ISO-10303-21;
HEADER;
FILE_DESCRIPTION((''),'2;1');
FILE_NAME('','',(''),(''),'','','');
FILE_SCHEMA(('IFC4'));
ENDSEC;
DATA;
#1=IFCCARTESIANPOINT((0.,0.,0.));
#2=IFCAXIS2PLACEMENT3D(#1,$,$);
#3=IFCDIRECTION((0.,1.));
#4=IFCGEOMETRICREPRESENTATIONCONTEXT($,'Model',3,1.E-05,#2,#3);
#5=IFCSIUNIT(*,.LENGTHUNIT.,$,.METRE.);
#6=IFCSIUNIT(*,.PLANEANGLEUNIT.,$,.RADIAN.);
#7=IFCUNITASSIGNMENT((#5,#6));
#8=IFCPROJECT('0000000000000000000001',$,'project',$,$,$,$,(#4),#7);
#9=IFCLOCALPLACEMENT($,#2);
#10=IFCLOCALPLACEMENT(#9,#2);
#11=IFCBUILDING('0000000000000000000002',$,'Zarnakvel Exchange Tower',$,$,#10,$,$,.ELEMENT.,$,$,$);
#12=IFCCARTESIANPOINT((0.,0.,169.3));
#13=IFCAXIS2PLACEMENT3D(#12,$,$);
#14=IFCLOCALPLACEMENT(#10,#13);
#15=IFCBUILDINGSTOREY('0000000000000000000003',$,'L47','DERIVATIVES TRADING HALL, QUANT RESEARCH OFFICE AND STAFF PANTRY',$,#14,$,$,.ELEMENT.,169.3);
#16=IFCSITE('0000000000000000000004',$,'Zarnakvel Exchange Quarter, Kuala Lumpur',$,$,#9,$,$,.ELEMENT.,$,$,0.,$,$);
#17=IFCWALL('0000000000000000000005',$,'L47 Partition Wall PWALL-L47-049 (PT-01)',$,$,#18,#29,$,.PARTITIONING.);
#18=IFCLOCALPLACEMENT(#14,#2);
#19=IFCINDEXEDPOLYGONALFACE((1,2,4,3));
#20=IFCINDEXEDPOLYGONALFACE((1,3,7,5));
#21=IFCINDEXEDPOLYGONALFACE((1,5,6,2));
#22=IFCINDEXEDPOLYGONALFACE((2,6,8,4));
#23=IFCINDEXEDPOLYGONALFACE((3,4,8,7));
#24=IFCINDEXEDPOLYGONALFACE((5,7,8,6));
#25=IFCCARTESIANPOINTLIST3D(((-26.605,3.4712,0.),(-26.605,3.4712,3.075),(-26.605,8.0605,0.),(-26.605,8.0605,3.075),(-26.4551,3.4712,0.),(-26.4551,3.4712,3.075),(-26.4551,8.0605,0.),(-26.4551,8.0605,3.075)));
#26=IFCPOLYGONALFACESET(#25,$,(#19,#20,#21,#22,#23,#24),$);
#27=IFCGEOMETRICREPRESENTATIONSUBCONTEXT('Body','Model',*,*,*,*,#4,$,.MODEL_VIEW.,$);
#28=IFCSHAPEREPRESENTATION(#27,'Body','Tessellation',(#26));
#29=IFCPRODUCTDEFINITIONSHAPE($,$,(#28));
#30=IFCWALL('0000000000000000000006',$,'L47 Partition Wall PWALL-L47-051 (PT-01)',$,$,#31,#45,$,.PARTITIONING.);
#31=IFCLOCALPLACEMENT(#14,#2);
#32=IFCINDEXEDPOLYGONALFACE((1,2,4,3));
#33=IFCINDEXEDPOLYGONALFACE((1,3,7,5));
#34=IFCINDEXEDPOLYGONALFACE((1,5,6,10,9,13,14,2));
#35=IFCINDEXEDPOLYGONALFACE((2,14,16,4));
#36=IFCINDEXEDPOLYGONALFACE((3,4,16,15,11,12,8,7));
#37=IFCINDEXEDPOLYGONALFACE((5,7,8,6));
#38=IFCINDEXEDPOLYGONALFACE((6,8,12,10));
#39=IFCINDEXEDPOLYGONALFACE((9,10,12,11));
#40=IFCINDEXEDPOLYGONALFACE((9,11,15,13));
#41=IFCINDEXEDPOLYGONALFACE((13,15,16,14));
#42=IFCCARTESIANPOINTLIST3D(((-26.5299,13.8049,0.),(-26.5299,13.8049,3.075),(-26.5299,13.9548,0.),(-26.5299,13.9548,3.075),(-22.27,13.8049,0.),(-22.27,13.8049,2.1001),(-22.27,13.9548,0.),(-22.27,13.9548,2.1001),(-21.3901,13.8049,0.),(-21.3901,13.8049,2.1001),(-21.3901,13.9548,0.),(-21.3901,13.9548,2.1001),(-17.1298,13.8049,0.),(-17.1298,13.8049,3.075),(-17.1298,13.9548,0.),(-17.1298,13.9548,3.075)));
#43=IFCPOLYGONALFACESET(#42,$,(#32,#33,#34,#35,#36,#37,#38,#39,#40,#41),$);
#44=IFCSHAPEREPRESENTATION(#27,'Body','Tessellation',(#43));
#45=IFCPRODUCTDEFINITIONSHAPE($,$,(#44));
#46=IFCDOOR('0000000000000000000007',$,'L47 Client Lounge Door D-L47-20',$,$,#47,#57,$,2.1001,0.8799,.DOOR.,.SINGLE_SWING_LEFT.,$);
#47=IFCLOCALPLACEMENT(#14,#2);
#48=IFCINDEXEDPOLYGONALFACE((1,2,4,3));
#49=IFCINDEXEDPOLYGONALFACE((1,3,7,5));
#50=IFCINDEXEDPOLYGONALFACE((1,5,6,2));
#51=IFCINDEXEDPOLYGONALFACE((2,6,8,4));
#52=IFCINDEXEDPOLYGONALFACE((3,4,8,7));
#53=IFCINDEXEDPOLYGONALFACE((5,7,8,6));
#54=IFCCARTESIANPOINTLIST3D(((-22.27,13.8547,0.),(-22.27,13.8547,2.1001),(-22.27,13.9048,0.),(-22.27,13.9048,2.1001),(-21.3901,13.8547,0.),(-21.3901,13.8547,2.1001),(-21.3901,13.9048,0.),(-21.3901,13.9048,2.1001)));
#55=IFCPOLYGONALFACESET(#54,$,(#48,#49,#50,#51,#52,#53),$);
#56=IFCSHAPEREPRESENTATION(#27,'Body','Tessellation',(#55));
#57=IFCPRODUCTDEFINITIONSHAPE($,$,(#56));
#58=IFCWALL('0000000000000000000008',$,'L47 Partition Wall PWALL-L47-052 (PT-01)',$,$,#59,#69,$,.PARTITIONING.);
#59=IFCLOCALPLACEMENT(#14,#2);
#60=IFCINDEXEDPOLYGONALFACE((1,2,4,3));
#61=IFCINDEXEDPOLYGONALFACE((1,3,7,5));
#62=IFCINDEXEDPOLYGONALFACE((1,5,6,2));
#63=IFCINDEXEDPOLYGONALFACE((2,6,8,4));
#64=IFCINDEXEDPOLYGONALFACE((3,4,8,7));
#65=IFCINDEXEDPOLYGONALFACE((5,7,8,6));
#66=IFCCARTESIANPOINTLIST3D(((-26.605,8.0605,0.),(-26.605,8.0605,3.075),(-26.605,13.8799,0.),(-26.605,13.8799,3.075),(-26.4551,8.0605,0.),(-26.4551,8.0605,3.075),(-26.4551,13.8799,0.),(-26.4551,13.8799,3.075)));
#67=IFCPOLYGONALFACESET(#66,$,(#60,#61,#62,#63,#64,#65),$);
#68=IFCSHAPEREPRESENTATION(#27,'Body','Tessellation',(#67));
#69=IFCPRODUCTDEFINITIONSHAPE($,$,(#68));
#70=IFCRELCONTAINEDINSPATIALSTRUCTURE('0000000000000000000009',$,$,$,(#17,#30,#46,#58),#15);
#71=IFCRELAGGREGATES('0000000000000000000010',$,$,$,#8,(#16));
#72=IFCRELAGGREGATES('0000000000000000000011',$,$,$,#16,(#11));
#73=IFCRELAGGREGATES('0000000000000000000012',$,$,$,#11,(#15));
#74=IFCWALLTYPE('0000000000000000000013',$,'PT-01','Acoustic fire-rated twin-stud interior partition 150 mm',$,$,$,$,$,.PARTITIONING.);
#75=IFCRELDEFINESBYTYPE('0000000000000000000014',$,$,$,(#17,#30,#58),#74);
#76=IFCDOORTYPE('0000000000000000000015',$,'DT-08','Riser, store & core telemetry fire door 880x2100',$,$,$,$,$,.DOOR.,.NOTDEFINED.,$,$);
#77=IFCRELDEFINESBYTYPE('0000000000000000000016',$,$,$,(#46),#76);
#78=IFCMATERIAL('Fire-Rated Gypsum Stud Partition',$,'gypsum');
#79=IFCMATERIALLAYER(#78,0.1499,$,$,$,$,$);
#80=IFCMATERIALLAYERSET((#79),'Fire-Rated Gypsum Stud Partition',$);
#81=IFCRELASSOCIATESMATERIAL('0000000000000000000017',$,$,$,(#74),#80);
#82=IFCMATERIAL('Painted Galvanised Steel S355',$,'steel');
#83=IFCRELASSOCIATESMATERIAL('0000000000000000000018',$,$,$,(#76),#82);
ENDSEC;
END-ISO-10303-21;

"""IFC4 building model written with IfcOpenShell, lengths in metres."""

from ifc_helpers import new_model, si_unit, direction, frame, frame_2d, origin, place, context, subcontext, project, spatial, rectangle, extrude, source, transform, mapped, material, layer, layer_set, type_object, element, fill, save


model = new_model("IFC4")

# Units and contexts
model_context = context("Model", 3, precision=1e-05, world=origin(), true_north=direction((0.0, 1.0)))
body_context = subcontext(model_context, "Body", "Model", "MODEL_VIEW")
ifc_project = project(units=[si_unit("LENGTHUNIT", "METRE"), si_unit("PLANEANGLEUNIT", "RADIAN")], contexts=[model_context])

# Site, building, storey
site_placement = place(None, origin())
site = spatial("IfcSite", under=ifc_project, at=site_placement, Name="Zarnakvel Exchange Quarter, Kuala Lumpur", CompositionType="ELEMENT", RefElevation=0.0)
building_placement = place(site_placement, origin())
building = spatial("IfcBuilding", under=site, at=building_placement, Name="Zarnakvel Exchange Tower", CompositionType="ELEMENT")
storey_placement = place(building_placement, frame((0.0, 0.0, 169.3)))
storey = spatial("IfcBuildingStorey", under=building, at=storey_placement, Name="L47", Description="DERIVATIVES TRADING HALL, QUANT RESEARCH OFFICE AND STAFF PANTRY", CompositionType="ELEMENT", Elevation=169.3)

# Wall
ifc_material_1 = material(Name="Fire-Rated Gypsum Stud Partition", Category="gypsum")
ifc_layer_1 = layer(ifc_material_1, 0.1499)
ifc_layer_set_1 = layer_set([ifc_layer_1], Name="Fire-Rated Gypsum Stud Partition")
wall_type_1 = type_object("IfcWallType", Name="PT-01", Description="Acoustic fire-rated twin-stud interior partition 150 mm", PredefinedType="PARTITIONING", material=ifc_layer_set_1)
wall_1_placement = place(storey_placement, frame((-26.53, 3.4712, 0.0), z_axis=(0.0, 0.0, 1.0), x_axis=(0.0, 1.0, 0.0)))
element("IfcWall", 1, at=wall_1_placement, inside=storey, type_object=wall_type_1, Name="L47 Partition Wall PWALL-L47-049 (PT-01)", PredefinedType="PARTITIONING", context=body_context, shape_type="SweptSolid", body=[
    extrude(rectangle(XDim=4.5894, YDim=0.1499, at=frame_2d((2.2947, 0.0))), origin(), (0.0, 0.0, 1.0), 3.075),
])

# Wall, opening, door
wall_2_placement = place(storey_placement, frame((-26.53, 13.8799, 0.0), z_axis=(0.0, 0.0, 1.0), x_axis=(1.0, 0.0, 0.0)))
wall_2 = element("IfcWall", 2, at=wall_2_placement, inside=storey, type_object=wall_type_1, Name="L47 Partition Wall PWALL-L47-051 (PT-01)", PredefinedType="PARTITIONING", context=body_context, shape_type="SweptSolid", body=[
    extrude(rectangle(XDim=9.4001, YDim=0.1499, at=frame_2d((4.7002, 0.0))), origin(), (0.0, 0.0, 1.0), 3.075),
])
opening_placement = place(wall_2_placement, frame((4.26, 0.0, 0.0)))
opening = element("IfcOpeningElement", 3, at=opening_placement, cuts=wall_2, PredefinedType="OPENING", context=body_context, shape_type="SweptSolid", body=[
    extrude(rectangle(XDim=0.8799, YDim=2.1001, at=frame_2d((0.4399, 1.05))), frame((0.0, 0.085, 0.0), z_axis=(0.0, -1.0, 0.0), x_axis=(1.0, 0.0, 0.0)), (0.0, 0.0, 1.0), 0.1699),
])
ifc_material_2 = material(Name="Painted Galvanised Steel S355", Category="steel")
door_type = type_object("IfcDoorType", Name="DT-08", Description="Riser, store & core telemetry fire door 880x2100", OperationType="NOTDEFINED", PredefinedType="DOOR", material=ifc_material_2)
shared_shape_1 = source(origin(), body_context, "Body", "SweptSolid", [
    extrude(rectangle(XDim=0.8799, YDim=2.1001, at=frame_2d((0.4399, 1.05))), frame((0.0, 0.0249, 0.0), z_axis=(0.0, -1.0, 0.0), x_axis=(1.0, 0.0, 0.0)), (0.0, 0.0, 1.0), 0.05),
])
door_placement = place(opening_placement, origin())
door = element("IfcDoor", 4, at=door_placement, inside=storey, type_object=door_type, Name="L47 Client Lounge Door D-L47-20", OperationType="SINGLE_SWING_LEFT", OverallHeight=2.1001, OverallWidth=0.8799, PredefinedType="DOOR", context=body_context, shape_type="MappedRepresentation", body=[
    mapped(shared_shape_1, transform((0.0, 0.0, 0.0), x_axis=(1.0, 0.0, 0.0), y_axis=(0.0, 1.0, 0.0), z_axis=(0.0, 0.0, 1.0), scale=1.0)),
])
fill(opening, door)

# Wall
wall_3_placement = place(storey_placement, frame((-26.53, 8.0605, 0.0), z_axis=(0.0, 0.0, 1.0), x_axis=(0.0, 1.0, 0.0)))
element("IfcWall", 5, at=wall_3_placement, inside=storey, type_object=wall_type_1, Name="L47 Partition Wall PWALL-L47-052 (PT-01)", PredefinedType="PARTITIONING", context=body_context, shape_type="SweptSolid", body=[
    extrude(rectangle(XDim=5.8193, YDim=0.1499, at=frame_2d((2.9097, 0.0))), origin(), (0.0, 0.0, 1.0), 3.075),
])

save(model, "model.ifc")
